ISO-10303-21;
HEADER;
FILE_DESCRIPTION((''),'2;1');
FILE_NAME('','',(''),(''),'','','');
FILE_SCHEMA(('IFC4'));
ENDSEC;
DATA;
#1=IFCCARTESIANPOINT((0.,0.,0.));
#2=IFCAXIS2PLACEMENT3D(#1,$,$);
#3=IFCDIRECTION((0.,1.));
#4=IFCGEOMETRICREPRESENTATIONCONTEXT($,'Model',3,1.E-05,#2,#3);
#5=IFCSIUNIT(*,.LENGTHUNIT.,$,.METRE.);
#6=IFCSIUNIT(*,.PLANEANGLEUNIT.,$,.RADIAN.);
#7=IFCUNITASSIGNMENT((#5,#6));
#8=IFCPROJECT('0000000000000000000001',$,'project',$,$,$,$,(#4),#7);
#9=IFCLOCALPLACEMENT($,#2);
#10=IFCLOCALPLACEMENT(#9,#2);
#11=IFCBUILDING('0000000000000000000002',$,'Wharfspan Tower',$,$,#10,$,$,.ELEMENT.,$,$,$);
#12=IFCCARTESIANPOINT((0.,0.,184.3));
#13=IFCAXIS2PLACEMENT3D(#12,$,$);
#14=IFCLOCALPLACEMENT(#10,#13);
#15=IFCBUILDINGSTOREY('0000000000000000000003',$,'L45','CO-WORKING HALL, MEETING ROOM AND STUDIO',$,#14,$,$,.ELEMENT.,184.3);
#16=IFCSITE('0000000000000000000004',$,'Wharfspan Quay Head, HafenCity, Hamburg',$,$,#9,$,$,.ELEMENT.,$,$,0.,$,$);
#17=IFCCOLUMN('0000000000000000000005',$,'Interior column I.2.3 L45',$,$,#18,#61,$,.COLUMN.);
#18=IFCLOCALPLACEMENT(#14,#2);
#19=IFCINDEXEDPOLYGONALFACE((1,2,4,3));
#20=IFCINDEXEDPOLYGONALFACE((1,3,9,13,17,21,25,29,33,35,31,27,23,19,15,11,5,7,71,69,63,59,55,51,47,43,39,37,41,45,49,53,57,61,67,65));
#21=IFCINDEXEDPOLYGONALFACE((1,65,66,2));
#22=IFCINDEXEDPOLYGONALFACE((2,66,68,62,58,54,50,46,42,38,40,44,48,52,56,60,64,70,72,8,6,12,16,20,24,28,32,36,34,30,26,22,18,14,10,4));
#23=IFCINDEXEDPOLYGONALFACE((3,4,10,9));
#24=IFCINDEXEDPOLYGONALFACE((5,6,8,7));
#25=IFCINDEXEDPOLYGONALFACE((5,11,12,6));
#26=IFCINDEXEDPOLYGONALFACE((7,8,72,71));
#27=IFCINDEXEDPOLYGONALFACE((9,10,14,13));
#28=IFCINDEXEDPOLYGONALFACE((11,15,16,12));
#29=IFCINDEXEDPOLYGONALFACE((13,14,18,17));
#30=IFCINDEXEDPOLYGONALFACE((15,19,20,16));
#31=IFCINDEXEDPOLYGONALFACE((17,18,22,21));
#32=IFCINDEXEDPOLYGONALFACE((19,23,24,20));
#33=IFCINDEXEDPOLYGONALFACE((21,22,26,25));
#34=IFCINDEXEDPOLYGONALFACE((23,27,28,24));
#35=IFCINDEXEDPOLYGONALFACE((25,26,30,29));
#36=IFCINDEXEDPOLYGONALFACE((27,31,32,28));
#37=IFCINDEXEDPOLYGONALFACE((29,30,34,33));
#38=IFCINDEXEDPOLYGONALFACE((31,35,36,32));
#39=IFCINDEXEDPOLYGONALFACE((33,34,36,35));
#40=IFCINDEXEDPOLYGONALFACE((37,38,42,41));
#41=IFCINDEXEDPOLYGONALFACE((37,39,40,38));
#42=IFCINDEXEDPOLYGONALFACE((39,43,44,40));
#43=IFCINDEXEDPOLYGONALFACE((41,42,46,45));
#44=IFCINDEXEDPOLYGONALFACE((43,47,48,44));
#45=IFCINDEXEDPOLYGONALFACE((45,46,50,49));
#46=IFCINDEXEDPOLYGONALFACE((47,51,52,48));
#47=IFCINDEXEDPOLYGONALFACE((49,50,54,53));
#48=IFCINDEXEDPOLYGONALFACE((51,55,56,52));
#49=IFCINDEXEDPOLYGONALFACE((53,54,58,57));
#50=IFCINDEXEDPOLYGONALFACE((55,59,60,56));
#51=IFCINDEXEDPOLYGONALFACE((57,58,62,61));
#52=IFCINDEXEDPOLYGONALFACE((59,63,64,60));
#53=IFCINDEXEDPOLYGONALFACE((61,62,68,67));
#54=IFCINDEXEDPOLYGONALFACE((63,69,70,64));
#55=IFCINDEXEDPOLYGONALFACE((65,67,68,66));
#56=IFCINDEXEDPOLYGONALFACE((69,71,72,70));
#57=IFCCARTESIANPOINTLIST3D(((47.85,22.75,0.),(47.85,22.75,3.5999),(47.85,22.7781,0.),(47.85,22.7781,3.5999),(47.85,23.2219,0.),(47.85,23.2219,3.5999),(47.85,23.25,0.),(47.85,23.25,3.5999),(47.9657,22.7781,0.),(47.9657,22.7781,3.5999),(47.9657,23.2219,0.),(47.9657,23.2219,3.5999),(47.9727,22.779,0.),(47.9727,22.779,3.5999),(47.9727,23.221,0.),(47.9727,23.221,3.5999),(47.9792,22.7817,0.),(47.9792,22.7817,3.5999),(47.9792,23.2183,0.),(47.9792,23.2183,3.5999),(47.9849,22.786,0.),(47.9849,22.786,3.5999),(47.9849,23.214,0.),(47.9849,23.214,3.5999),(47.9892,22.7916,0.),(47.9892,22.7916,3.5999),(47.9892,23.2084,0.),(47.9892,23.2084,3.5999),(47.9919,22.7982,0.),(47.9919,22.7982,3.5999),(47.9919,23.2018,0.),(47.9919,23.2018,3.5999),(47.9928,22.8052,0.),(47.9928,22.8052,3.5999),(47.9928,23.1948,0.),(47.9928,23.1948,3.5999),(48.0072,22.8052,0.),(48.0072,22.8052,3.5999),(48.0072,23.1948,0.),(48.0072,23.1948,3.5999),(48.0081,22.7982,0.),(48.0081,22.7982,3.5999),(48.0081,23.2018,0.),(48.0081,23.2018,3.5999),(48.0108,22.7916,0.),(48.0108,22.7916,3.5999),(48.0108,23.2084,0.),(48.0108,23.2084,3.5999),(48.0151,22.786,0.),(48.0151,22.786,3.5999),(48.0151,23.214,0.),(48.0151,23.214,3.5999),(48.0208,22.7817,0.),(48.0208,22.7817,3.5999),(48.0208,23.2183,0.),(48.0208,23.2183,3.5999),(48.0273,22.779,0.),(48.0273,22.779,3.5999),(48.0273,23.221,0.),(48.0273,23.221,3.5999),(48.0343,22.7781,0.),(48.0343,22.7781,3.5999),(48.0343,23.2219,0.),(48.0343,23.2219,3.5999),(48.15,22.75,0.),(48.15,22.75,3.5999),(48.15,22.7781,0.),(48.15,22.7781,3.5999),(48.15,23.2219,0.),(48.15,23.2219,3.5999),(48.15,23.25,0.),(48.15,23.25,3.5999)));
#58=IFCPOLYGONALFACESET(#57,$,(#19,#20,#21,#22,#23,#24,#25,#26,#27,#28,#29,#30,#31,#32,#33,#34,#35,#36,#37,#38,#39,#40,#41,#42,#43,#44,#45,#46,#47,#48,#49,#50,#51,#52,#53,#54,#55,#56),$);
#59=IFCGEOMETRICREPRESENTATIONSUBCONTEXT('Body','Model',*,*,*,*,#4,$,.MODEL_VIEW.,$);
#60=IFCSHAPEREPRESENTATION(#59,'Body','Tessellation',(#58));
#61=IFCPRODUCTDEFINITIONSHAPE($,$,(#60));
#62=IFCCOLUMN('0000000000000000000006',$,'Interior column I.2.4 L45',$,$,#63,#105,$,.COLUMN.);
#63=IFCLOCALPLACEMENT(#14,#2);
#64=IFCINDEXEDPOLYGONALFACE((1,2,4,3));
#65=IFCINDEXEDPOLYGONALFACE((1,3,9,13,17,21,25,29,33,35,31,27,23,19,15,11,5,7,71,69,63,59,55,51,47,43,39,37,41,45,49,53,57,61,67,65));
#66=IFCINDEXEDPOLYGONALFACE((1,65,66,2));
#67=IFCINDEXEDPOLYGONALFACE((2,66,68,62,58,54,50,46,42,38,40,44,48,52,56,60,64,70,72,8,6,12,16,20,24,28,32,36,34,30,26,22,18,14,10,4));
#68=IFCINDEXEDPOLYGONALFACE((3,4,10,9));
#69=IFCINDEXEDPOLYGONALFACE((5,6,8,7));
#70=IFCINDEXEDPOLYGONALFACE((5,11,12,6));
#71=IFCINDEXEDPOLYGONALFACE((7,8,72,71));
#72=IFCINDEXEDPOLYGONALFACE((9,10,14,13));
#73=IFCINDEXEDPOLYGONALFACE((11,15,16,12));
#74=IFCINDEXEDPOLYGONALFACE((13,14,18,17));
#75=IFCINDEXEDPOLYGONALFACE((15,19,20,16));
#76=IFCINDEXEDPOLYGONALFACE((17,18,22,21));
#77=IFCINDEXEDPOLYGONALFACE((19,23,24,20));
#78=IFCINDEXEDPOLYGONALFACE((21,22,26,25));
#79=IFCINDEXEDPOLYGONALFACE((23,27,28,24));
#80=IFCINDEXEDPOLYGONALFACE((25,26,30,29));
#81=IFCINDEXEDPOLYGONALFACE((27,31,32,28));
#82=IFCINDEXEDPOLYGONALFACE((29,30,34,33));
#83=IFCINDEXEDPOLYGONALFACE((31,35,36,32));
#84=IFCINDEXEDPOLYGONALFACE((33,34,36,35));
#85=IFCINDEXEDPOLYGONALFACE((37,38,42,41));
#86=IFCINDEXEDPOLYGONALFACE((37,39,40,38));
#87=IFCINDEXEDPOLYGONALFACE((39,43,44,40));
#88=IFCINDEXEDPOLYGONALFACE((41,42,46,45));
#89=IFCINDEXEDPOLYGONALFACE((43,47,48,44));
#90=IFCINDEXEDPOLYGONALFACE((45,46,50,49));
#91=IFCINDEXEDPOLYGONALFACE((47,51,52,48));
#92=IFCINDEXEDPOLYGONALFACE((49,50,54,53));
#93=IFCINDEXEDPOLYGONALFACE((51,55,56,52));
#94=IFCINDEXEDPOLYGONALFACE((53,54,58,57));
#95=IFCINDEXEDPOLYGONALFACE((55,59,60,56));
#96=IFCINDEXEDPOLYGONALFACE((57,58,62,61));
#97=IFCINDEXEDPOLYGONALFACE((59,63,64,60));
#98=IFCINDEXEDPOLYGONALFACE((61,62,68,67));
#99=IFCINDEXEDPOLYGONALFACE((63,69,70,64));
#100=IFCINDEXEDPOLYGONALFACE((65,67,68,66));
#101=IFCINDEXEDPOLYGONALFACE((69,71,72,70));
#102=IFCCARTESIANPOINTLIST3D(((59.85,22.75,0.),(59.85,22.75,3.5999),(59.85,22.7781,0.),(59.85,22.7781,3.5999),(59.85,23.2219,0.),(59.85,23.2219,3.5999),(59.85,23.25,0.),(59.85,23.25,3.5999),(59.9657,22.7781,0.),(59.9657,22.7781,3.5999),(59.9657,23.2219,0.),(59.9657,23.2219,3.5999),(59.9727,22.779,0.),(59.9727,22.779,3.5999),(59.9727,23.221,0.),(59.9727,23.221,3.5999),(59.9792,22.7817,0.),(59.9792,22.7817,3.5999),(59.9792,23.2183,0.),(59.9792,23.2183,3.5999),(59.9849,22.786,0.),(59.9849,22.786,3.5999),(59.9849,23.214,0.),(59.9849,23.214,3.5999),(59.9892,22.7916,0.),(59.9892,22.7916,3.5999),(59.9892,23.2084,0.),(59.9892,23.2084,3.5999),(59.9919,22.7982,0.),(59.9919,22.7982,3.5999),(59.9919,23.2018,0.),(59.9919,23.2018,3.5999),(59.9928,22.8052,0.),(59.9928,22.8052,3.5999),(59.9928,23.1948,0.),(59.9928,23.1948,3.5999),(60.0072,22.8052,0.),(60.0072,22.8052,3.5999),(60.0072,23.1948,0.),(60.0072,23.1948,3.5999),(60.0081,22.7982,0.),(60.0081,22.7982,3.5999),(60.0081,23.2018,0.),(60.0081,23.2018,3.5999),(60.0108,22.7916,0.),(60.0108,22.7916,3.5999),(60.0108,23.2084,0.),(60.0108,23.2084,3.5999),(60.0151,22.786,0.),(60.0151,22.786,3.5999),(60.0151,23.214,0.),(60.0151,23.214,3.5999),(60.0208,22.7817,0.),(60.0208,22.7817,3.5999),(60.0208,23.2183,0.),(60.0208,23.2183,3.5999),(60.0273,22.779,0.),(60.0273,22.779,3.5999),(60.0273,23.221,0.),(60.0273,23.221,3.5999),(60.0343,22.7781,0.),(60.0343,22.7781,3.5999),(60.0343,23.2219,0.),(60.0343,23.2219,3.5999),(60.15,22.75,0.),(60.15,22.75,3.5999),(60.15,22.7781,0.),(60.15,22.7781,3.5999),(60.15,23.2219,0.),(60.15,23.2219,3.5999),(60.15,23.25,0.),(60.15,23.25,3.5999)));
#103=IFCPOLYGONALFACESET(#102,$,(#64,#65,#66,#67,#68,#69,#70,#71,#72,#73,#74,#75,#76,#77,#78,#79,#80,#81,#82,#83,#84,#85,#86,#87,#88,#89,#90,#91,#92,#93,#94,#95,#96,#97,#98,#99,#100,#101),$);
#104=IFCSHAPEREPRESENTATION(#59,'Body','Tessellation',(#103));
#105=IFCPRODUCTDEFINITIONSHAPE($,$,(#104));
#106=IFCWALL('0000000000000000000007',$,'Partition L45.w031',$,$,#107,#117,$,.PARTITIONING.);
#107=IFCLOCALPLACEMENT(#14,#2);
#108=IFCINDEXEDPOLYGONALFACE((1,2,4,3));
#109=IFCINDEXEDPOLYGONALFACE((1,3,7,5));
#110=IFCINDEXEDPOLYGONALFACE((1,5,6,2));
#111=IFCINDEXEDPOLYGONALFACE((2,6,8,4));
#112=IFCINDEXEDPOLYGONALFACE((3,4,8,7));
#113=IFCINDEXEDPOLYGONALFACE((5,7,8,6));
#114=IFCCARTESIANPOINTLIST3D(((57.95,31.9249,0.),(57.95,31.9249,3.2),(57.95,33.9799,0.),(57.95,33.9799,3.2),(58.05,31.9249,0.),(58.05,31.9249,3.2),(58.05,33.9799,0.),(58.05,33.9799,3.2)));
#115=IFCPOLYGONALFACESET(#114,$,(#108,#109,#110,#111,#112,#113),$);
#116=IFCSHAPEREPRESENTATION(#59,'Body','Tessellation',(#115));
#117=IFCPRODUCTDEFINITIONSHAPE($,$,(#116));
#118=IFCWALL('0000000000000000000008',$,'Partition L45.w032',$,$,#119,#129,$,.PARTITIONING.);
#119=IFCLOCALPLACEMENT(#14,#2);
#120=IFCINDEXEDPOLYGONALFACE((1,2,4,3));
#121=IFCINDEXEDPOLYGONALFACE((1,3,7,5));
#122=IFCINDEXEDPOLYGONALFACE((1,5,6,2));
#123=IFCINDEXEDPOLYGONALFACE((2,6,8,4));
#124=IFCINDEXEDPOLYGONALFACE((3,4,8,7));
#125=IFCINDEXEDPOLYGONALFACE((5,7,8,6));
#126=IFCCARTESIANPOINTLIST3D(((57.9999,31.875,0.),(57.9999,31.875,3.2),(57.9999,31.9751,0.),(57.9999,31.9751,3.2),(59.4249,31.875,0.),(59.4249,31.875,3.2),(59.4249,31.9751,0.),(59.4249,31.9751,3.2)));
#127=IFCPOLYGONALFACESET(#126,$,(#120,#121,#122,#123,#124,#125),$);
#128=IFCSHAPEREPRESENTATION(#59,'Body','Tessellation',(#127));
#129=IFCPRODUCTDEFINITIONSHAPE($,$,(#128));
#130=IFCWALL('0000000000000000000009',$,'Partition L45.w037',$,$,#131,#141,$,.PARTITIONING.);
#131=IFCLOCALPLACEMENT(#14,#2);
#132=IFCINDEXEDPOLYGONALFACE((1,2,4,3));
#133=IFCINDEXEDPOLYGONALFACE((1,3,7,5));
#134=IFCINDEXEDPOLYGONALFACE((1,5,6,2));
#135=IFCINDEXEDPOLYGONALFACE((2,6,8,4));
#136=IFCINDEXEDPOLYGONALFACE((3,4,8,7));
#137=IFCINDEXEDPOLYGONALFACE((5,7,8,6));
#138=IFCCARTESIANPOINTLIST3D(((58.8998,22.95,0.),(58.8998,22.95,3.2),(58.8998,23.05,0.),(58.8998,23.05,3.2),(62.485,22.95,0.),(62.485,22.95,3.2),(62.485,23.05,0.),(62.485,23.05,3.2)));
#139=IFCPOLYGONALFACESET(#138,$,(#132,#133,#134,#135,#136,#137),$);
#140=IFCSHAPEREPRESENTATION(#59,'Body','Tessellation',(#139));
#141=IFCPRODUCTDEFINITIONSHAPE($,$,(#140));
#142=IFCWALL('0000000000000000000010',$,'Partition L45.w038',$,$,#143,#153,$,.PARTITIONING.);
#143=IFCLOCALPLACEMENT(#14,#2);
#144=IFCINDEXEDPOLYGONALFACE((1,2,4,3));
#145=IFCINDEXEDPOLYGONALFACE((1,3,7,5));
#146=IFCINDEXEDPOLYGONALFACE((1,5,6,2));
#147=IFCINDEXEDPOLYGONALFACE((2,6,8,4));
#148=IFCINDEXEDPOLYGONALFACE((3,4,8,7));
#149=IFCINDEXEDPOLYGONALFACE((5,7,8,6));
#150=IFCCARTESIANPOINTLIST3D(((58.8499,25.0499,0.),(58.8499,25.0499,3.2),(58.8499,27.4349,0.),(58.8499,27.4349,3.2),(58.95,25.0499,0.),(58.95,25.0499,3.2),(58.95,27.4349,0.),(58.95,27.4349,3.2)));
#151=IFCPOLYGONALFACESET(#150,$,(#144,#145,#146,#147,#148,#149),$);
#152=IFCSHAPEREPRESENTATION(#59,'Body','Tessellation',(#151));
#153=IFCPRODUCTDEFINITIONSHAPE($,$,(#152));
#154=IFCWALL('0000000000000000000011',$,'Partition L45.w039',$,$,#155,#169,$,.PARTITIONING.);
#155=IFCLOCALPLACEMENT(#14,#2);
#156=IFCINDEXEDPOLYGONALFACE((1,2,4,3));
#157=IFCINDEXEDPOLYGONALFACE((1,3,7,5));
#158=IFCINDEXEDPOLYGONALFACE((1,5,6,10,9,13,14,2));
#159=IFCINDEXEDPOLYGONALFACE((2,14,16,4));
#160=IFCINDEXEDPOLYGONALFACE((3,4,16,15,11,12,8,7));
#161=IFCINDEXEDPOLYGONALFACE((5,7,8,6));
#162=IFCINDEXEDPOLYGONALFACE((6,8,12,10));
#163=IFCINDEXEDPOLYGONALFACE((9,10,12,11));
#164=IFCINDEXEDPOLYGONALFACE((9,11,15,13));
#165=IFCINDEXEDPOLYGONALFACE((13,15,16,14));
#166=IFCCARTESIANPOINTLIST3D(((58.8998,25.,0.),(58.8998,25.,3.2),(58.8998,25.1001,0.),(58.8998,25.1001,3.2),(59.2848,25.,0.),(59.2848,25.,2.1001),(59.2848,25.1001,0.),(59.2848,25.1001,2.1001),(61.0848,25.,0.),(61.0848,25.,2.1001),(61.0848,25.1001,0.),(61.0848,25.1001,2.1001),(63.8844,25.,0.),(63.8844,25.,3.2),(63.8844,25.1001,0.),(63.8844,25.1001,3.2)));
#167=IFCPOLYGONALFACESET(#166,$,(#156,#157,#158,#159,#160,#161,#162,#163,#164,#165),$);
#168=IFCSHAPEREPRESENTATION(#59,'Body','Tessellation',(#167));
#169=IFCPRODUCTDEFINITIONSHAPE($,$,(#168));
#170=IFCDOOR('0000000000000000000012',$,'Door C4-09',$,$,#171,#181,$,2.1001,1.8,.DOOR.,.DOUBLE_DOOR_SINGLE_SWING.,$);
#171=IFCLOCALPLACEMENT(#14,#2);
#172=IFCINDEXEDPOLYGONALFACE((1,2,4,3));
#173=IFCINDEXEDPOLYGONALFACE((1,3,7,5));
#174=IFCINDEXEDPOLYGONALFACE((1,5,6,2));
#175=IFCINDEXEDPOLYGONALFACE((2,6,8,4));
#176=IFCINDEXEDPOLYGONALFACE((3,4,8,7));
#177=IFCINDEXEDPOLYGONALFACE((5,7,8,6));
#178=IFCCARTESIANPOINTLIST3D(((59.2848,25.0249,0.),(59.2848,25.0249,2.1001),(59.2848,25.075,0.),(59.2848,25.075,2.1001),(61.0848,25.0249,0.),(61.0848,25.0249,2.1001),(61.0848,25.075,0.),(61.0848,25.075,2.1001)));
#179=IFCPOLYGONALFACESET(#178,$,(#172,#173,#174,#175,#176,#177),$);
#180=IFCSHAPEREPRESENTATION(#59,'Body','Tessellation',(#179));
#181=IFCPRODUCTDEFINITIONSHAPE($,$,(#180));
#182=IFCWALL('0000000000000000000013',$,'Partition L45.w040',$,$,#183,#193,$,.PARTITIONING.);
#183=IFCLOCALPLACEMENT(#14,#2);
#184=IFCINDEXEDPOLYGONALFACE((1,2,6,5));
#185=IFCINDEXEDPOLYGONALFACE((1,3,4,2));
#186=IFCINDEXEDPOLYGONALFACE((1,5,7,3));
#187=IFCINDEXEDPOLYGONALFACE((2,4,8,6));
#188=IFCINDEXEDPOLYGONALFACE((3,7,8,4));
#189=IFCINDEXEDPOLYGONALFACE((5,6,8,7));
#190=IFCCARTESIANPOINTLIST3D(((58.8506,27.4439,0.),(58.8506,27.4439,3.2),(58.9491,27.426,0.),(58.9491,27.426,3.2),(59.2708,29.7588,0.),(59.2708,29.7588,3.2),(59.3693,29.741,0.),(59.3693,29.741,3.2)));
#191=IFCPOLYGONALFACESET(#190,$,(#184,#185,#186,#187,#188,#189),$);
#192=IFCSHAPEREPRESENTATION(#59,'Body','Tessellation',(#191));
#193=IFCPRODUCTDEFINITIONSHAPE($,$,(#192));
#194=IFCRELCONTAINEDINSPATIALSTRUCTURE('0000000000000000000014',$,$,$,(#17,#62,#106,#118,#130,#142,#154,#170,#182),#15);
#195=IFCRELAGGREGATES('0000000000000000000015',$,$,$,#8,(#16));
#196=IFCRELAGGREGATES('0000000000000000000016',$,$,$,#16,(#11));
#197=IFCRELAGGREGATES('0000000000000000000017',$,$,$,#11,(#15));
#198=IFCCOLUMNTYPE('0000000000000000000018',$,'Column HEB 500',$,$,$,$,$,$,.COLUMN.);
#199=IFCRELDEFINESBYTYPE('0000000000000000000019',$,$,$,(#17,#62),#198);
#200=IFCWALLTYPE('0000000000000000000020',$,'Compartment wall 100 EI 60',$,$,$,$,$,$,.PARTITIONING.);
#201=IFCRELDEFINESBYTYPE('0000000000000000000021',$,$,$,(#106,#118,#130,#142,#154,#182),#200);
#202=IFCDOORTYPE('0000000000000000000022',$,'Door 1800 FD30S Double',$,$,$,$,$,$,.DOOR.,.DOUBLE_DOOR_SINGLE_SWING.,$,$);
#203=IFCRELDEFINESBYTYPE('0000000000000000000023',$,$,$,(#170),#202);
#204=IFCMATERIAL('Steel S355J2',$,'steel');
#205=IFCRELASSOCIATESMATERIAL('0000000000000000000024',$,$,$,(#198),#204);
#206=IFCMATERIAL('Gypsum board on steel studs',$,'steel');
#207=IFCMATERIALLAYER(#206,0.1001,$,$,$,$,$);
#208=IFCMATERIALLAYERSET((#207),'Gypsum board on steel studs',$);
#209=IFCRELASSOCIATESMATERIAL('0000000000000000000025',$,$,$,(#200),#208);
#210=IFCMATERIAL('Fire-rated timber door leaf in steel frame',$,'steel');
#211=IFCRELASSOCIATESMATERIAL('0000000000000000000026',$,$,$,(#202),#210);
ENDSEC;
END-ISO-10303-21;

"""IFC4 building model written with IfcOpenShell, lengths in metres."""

from ifc_helpers import new_model, si_unit, direction, frame, frame_2d, origin, origin_2d, place, context, subcontext, project, spatial, rectangle, i_section, extrude, material, layer, layer_set, material_profile, profile_set, type_object, element, fill, save


model = new_model("IFC4")

# Units and contexts
model_context = context("Model", 3, precision=1e-05, world=origin(), true_north=direction((0.0, 1.0)))
body_context = subcontext(model_context, "Body", "Model", "MODEL_VIEW")
ifc_project = project(units=[si_unit("LENGTHUNIT", "METRE"), si_unit("PLANEANGLEUNIT", "RADIAN")], contexts=[model_context])

# Site, building, storey
site_placement = place(None, origin())
site = spatial("IfcSite", under=ifc_project, at=site_placement, Name="Wharfspan Quay Head, HafenCity, Hamburg", CompositionType="ELEMENT", RefElevation=0.0)
building_placement = place(site_placement, origin())
building = spatial("IfcBuilding", under=site, at=building_placement, Name="Wharfspan Tower", CompositionType="ELEMENT")
storey_placement = place(building_placement, frame((0.0, 0.0, 184.3)))
storey = spatial("IfcBuildingStorey", under=building, at=storey_placement, Name="L45", Description="CO-WORKING HALL, MEETING ROOM AND STUDIO", CompositionType="ELEMENT", Elevation=184.3)

# Columns
ifc_material_1 = material(Name="Steel S355J2", Category="steel")
ifc_material_profile = material_profile(ifc_material_1, i_section(OverallWidth=0.3, OverallDepth=0.5, WebThickness=0.0144, FlangeThickness=0.0281, FilletRadius=0.0271, at=origin_2d()))
ifc_profile_set = profile_set([ifc_material_profile], Name="Steel S355J2")
column_type = type_object("IfcColumnType", Name="Column HEB 500", PredefinedType="COLUMN", material=ifc_profile_set)
for number, where, z_axis, x_axis, name in (
    (1, (48.0, 23.0, 0.0), (0.0, 0.0, 1.0), (1.0, 0.0, 0.0), "Interior column I.2.3 L45"),
    (2, (60.0, 23.0, 0.0), (0.0, 0.0, 1.0), (1.0, 0.0, 0.0), "Interior column I.2.4 L45"),
):
    element("IfcColumn", number, at=place(storey_placement, frame(where, z_axis=z_axis, x_axis=x_axis)), inside=storey, type_object=column_type, Name=name, PredefinedType="COLUMN", context=body_context, shape_type="SweptSolid", body=[
        extrude(i_section(OverallWidth=0.3, OverallDepth=0.5, WebThickness=0.0144, FlangeThickness=0.0281, FilletRadius=0.0271, at=origin_2d()), origin(), (0.0, 0.0, 1.0), 3.5999),
    ])

# Walls
ifc_material_2 = material(Name="Gypsum board on steel studs", Category="steel")
ifc_layer_1 = layer(ifc_material_2, 0.1001)
ifc_layer_set_1 = layer_set([ifc_layer_1], Name="Gypsum board on steel studs")
wall_type_1 = type_object("IfcWallType", Name="Compartment wall 100 EI 60", PredefinedType="PARTITIONING", material=ifc_layer_set_1)
wall_1_placement = place(storey_placement, frame((58.0, 31.925, 0.0), z_axis=(0.0, 0.0, 1.0), x_axis=(0.0, 1.0, 0.0)))
element("IfcWall", 3, at=wall_1_placement, inside=storey, type_object=wall_type_1, Name="Partition L45.w031", PredefinedType="PARTITIONING", context=body_context, shape_type="SweptSolid", body=[
    extrude(rectangle(XDim=2.0549, YDim=0.1001, at=frame_2d((1.0273, 0.0))), origin(), (0.0, 0.0, 1.0), 3.2),
])
wall_2_placement = place(storey_placement, frame((58.0, 31.925, 0.0), z_axis=(0.0, 0.0, 1.0), x_axis=(1.0, 0.0, 0.0)))
element("IfcWall", 4, at=wall_2_placement, inside=storey, type_object=wall_type_1, Name="Partition L45.w032", PredefinedType="PARTITIONING", context=body_context, shape_type="SweptSolid", body=[
    extrude(rectangle(XDim=1.425, YDim=0.1001, at=frame_2d((0.7124, 0.0))), origin(), (0.0, 0.0, 1.0), 3.2),
])
wall_3_placement = place(storey_placement, frame((58.8999, 23.0, 0.0), z_axis=(0.0, 0.0, 1.0), x_axis=(1.0, 0.0, 0.0)))
element("IfcWall", 5, at=wall_3_placement, inside=storey, type_object=wall_type_1, Name="Partition L45.w037", PredefinedType="PARTITIONING", context=body_context, shape_type="SweptSolid", body=[
    extrude(rectangle(XDim=3.5852, YDim=0.1001, at=frame_2d((1.7925, 0.0))), origin(), (0.0, 0.0, 1.0), 3.2),
])
wall_4_placement = place(storey_placement, frame((58.8999, 25.05, 0.0), z_axis=(0.0, 0.0, 1.0), x_axis=(0.0, 1.0, 0.0)))
element("IfcWall", 6, at=wall_4_placement, inside=storey, type_object=wall_type_1, Name="Partition L45.w038", PredefinedType="PARTITIONING", context=body_context, shape_type="SweptSolid", body=[
    extrude(rectangle(XDim=2.385, YDim=0.1001, at=frame_2d((1.1924, 0.0))), origin(), (0.0, 0.0, 1.0), 3.2),
])

# Wall, opening, door
wall_5_placement = place(storey_placement, frame((58.8999, 25.05, 0.0), z_axis=(0.0, 0.0, 1.0), x_axis=(1.0, 0.0, 0.0)))
wall_5 = element("IfcWall", 7, at=wall_5_placement, inside=storey, type_object=wall_type_1, Name="Partition L45.w039", PredefinedType="PARTITIONING", context=body_context, shape_type="SweptSolid", body=[
    extrude(rectangle(XDim=4.9846, YDim=0.1001, at=frame_2d((2.4922, 0.0))), origin(), (0.0, 0.0, 1.0), 3.2),
])
opening_1_placement = place(wall_5_placement, frame((0.385, 0.0, 0.0)))
opening_1 = element("IfcOpeningElement", 8, at=opening_1_placement, cuts=wall_5, PredefinedType="OPENING", context=body_context, shape_type="SweptSolid", body=[
    extrude(rectangle(XDim=1.8, YDim=2.1001, at=frame_2d((0.8999, 1.05))), frame((0.0, 0.0601, 0.0), z_axis=(0.0, -1.0, 0.0), x_axis=(1.0, 0.0, 0.0)), (0.0, 0.0, 1.0), 0.1201),
])
ifc_material_3 = material(Name="Fire-rated timber door leaf in steel frame", Category="steel")
door_type_1 = type_object("IfcDoorType", Name="Door 1800 FD30S Double", OperationType="DOUBLE_DOOR_SINGLE_SWING", PredefinedType="DOOR", material=ifc_material_3)
door_1_placement = place(opening_1_placement, origin())
door_1 = element("IfcDoor", 9, at=door_1_placement, inside=storey, type_object=door_type_1, Name="Door C4-09", OperationType="DOUBLE_DOOR_SINGLE_SWING", OverallHeight=2.1001, OverallWidth=1.8, PredefinedType="DOOR", context=body_context, shape_type="SweptSolid", body=[
    extrude(rectangle(XDim=1.8, YDim=2.1001, at=frame_2d((0.8999, 1.05))), frame((0.0, 0.0249, 0.0), z_axis=(0.0, -1.0, 0.0), x_axis=(1.0, 0.0, 0.0)), (0.0, 0.0, 1.0), 0.05),
])
fill(opening_1, door_1)

# Wall
wall_6_placement = place(storey_placement, frame((58.8999, 27.4351, 0.0), z_axis=(0.0, 0.0, 1.0), x_axis=(0.178584, 0.983924, 0.0)))
element("IfcWall", 10, at=wall_6_placement, inside=storey, type_object=wall_type_1, Name="Partition L45.w040", PredefinedType="PARTITIONING", context=body_context, shape_type="SweptSolid", body=[
    extrude(rectangle(XDim=2.3528, YDim=0.1001, at=frame_2d((1.1763, 0.0))), origin(), (0.0, 0.0, 1.0), 3.2),
])

save(model, "model.ifc")
